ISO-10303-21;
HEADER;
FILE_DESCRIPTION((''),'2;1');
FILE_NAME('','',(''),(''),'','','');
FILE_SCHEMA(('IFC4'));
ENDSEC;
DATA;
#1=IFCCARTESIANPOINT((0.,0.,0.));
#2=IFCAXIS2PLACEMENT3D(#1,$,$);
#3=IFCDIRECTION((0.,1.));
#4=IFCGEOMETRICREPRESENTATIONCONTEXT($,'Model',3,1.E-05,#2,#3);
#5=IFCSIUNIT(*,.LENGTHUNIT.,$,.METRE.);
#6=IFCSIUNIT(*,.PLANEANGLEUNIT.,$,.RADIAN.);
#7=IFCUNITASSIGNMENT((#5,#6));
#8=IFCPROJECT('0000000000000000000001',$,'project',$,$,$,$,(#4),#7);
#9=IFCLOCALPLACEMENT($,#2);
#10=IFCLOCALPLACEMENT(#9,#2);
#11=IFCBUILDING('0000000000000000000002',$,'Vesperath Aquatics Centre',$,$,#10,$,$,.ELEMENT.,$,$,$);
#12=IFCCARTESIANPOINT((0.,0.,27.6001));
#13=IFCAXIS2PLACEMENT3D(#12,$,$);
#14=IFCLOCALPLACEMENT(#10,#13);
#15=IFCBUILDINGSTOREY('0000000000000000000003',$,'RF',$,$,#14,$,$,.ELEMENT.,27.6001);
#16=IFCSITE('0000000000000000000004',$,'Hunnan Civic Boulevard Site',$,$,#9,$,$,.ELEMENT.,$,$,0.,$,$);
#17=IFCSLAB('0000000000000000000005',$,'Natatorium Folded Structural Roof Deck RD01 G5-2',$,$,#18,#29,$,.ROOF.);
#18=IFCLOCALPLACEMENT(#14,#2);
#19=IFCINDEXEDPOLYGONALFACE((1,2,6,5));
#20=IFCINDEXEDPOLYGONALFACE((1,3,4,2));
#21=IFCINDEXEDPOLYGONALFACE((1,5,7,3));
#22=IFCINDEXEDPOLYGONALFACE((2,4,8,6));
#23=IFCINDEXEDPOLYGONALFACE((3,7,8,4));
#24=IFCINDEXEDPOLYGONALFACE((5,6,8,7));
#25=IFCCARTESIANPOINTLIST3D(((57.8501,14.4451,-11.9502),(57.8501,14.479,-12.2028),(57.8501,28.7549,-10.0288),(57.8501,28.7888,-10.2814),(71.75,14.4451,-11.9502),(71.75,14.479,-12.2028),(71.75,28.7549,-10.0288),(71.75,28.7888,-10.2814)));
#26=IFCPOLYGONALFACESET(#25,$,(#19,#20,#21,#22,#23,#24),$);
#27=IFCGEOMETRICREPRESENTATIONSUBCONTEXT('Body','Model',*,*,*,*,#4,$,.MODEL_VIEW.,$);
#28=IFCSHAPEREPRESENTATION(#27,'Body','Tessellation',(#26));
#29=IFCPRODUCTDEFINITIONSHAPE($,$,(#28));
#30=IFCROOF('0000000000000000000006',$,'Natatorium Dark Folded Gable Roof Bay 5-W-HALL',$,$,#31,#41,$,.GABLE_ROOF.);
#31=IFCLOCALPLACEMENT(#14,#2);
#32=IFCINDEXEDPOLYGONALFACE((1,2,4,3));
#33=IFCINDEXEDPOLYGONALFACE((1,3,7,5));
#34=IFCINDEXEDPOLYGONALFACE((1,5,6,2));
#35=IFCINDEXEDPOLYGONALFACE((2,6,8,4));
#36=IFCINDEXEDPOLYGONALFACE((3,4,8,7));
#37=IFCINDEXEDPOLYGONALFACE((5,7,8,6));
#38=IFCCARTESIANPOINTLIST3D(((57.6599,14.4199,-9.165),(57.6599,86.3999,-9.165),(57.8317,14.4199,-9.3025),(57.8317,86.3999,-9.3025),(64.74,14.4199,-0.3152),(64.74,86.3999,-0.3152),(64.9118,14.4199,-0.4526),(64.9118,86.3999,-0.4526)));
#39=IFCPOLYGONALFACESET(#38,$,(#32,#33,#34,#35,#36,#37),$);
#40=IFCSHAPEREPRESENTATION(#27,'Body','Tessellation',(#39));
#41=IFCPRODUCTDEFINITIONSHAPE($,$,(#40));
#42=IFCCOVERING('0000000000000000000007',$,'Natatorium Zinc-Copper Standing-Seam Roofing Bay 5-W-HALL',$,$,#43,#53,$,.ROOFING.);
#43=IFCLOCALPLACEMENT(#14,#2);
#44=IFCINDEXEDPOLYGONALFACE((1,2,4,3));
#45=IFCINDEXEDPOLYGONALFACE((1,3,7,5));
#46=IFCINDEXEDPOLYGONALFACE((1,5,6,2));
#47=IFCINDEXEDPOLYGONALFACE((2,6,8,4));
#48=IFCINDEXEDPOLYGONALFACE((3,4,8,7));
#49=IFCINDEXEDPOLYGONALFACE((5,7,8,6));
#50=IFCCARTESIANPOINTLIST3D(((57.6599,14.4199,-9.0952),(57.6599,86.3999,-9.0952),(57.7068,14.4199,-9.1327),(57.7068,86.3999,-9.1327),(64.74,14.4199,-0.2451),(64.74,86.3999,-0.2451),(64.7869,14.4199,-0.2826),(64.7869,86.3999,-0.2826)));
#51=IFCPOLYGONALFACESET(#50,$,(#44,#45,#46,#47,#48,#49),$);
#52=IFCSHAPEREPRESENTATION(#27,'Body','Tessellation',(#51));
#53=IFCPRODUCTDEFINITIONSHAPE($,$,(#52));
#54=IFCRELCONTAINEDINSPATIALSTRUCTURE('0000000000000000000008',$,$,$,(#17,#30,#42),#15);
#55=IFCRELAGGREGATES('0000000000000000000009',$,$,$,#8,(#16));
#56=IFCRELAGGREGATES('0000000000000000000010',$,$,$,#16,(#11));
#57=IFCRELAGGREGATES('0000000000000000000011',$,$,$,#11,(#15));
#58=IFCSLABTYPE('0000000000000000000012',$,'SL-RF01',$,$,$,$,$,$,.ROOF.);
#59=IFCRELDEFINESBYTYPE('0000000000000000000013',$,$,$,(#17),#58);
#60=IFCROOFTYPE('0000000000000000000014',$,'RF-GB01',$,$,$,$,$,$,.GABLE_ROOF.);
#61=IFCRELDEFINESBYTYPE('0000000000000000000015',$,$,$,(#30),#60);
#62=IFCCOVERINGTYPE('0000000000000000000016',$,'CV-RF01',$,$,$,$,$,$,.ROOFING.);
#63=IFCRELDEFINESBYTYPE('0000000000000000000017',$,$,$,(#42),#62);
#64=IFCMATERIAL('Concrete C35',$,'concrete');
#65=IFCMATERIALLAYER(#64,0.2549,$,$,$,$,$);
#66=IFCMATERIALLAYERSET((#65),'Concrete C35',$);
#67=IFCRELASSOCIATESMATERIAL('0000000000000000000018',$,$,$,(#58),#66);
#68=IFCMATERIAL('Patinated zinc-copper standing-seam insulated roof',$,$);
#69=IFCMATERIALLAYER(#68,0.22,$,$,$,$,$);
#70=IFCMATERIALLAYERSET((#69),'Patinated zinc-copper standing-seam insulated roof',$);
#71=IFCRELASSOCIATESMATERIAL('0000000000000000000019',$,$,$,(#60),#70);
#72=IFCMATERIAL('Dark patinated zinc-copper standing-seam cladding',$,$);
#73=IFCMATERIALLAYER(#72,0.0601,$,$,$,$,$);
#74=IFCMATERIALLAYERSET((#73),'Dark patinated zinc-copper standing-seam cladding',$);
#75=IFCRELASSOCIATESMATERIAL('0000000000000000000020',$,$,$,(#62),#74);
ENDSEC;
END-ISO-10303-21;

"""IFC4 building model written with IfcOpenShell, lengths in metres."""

from ifc_helpers import new_model, si_unit, direction, frame, origin, place, context, subcontext, project, spatial, polyline, outline, extrude, material, layer, layer_set, type_object, element, save


model = new_model("IFC4")

# Units and contexts
model_context = context("Model", 3, precision=1e-05, world=origin(), true_north=direction((0.0, 1.0)))
body_context = subcontext(model_context, "Body", "Model", "MODEL_VIEW")
ifc_project = project(units=[si_unit("LENGTHUNIT", "METRE"), si_unit("PLANEANGLEUNIT", "RADIAN")], contexts=[model_context])

# Site, building, storey
site_placement = place(None, origin())
site = spatial("IfcSite", under=ifc_project, at=site_placement, Name="Hunnan Civic Boulevard Site", CompositionType="ELEMENT", RefElevation=0.0)
building_placement = place(site_placement, origin())
building = spatial("IfcBuilding", under=site, at=building_placement, Name="Vesperath Aquatics Centre", CompositionType="ELEMENT")
storey_placement = place(building_placement, frame((0.0, 0.0, 27.6001)))
storey = spatial("IfcBuildingStorey", under=building, at=storey_placement, Name="RF", CompositionType="ELEMENT", Elevation=27.6001)

# Slab
ifc_material_1 = material(Name="Concrete C35", Category="concrete")
ifc_layer_1 = layer(ifc_material_1, 0.2549)
ifc_layer_set_1 = layer_set([ifc_layer_1], Name="Concrete C35")
slab_type = type_object("IfcSlabType", Name="SL-RF01", PredefinedType="ROOF", material=ifc_layer_set_1)
slab_placement = place(storey_placement, frame((57.8501, 14.4451, -11.9502), z_axis=(0.0, -0.133076, 0.991106), x_axis=(1.0, 0.0, 0.0)))
element("IfcSlab", 1, at=slab_placement, inside=storey, type_object=slab_type, Name="Natatorium Folded Structural Roof Deck RD01 G5-2", PredefinedType="ROOF", context=body_context, shape_type="SweptSolid", body=[
    extrude(outline(polyline([(0.0, 0.0), (13.8999, 0.0), (13.8999, 14.4382), (0.0, 14.4382), (0.0, 0.0)])), origin(), (0.0, 0.0, -1.0), 0.2549),
])

# Roof
ifc_material_2 = material(Name="Patinated zinc-copper standing-seam insulated roof")
ifc_layer_2 = layer(ifc_material_2, 0.22)
ifc_layer_set_2 = layer_set([ifc_layer_2], Name="Patinated zinc-copper standing-seam insulated roof")
roof_type = type_object("IfcRoofType", Name="RF-GB01", PredefinedType="GABLE_ROOF", material=ifc_layer_set_2)
roof_placement = place(storey_placement, frame((57.6599, 14.4199, -9.165), z_axis=(-0.78086, 0.0, 0.624706), x_axis=(0.624706, 0.0, 0.78086)))
element("IfcRoof", 2, at=roof_placement, inside=storey, type_object=roof_type, Name="Natatorium Dark Folded Gable Roof Bay 5-W-HALL", PredefinedType="GABLE_ROOF", context=body_context, shape_type="SweptSolid", body=[
    extrude(outline(polyline([(0.0, 0.0), (11.3335, 0.0), (11.3335, 71.98), (0.0, 71.98), (0.0, 0.0)])), origin(), (0.0, 0.0, -1.0), 0.22),
])

# Covering
ifc_material_3 = material(Name="Dark patinated zinc-copper standing-seam cladding")
ifc_layer_3 = layer(ifc_material_3, 0.0601)
ifc_layer_set_3 = layer_set([ifc_layer_3], Name="Dark patinated zinc-copper standing-seam cladding")
covering_type = type_object("IfcCoveringType", Name="CV-RF01", PredefinedType="ROOFING", material=ifc_layer_set_3)
covering_placement = place(storey_placement, frame((57.6599, 14.4199, -9.0952), z_axis=(-0.780869, 0.0, 0.624695), x_axis=(0.624695, 0.0, 0.780869)))
element("IfcCovering", 3, at=covering_placement, inside=storey, type_object=covering_type, Name="Natatorium Zinc-Copper Standing-Seam Roofing Bay 5-W-HALL", PredefinedType="ROOFING", context=body_context, shape_type="SweptSolid", body=[
    extrude(outline(polyline([(0.0, 0.0), (11.3337, 0.0), (11.3337, 71.98), (0.0, 71.98), (0.0, 0.0)])), origin(), (0.0, 0.0, -1.0), 0.0601),
])

save(model, "model.ifc")
